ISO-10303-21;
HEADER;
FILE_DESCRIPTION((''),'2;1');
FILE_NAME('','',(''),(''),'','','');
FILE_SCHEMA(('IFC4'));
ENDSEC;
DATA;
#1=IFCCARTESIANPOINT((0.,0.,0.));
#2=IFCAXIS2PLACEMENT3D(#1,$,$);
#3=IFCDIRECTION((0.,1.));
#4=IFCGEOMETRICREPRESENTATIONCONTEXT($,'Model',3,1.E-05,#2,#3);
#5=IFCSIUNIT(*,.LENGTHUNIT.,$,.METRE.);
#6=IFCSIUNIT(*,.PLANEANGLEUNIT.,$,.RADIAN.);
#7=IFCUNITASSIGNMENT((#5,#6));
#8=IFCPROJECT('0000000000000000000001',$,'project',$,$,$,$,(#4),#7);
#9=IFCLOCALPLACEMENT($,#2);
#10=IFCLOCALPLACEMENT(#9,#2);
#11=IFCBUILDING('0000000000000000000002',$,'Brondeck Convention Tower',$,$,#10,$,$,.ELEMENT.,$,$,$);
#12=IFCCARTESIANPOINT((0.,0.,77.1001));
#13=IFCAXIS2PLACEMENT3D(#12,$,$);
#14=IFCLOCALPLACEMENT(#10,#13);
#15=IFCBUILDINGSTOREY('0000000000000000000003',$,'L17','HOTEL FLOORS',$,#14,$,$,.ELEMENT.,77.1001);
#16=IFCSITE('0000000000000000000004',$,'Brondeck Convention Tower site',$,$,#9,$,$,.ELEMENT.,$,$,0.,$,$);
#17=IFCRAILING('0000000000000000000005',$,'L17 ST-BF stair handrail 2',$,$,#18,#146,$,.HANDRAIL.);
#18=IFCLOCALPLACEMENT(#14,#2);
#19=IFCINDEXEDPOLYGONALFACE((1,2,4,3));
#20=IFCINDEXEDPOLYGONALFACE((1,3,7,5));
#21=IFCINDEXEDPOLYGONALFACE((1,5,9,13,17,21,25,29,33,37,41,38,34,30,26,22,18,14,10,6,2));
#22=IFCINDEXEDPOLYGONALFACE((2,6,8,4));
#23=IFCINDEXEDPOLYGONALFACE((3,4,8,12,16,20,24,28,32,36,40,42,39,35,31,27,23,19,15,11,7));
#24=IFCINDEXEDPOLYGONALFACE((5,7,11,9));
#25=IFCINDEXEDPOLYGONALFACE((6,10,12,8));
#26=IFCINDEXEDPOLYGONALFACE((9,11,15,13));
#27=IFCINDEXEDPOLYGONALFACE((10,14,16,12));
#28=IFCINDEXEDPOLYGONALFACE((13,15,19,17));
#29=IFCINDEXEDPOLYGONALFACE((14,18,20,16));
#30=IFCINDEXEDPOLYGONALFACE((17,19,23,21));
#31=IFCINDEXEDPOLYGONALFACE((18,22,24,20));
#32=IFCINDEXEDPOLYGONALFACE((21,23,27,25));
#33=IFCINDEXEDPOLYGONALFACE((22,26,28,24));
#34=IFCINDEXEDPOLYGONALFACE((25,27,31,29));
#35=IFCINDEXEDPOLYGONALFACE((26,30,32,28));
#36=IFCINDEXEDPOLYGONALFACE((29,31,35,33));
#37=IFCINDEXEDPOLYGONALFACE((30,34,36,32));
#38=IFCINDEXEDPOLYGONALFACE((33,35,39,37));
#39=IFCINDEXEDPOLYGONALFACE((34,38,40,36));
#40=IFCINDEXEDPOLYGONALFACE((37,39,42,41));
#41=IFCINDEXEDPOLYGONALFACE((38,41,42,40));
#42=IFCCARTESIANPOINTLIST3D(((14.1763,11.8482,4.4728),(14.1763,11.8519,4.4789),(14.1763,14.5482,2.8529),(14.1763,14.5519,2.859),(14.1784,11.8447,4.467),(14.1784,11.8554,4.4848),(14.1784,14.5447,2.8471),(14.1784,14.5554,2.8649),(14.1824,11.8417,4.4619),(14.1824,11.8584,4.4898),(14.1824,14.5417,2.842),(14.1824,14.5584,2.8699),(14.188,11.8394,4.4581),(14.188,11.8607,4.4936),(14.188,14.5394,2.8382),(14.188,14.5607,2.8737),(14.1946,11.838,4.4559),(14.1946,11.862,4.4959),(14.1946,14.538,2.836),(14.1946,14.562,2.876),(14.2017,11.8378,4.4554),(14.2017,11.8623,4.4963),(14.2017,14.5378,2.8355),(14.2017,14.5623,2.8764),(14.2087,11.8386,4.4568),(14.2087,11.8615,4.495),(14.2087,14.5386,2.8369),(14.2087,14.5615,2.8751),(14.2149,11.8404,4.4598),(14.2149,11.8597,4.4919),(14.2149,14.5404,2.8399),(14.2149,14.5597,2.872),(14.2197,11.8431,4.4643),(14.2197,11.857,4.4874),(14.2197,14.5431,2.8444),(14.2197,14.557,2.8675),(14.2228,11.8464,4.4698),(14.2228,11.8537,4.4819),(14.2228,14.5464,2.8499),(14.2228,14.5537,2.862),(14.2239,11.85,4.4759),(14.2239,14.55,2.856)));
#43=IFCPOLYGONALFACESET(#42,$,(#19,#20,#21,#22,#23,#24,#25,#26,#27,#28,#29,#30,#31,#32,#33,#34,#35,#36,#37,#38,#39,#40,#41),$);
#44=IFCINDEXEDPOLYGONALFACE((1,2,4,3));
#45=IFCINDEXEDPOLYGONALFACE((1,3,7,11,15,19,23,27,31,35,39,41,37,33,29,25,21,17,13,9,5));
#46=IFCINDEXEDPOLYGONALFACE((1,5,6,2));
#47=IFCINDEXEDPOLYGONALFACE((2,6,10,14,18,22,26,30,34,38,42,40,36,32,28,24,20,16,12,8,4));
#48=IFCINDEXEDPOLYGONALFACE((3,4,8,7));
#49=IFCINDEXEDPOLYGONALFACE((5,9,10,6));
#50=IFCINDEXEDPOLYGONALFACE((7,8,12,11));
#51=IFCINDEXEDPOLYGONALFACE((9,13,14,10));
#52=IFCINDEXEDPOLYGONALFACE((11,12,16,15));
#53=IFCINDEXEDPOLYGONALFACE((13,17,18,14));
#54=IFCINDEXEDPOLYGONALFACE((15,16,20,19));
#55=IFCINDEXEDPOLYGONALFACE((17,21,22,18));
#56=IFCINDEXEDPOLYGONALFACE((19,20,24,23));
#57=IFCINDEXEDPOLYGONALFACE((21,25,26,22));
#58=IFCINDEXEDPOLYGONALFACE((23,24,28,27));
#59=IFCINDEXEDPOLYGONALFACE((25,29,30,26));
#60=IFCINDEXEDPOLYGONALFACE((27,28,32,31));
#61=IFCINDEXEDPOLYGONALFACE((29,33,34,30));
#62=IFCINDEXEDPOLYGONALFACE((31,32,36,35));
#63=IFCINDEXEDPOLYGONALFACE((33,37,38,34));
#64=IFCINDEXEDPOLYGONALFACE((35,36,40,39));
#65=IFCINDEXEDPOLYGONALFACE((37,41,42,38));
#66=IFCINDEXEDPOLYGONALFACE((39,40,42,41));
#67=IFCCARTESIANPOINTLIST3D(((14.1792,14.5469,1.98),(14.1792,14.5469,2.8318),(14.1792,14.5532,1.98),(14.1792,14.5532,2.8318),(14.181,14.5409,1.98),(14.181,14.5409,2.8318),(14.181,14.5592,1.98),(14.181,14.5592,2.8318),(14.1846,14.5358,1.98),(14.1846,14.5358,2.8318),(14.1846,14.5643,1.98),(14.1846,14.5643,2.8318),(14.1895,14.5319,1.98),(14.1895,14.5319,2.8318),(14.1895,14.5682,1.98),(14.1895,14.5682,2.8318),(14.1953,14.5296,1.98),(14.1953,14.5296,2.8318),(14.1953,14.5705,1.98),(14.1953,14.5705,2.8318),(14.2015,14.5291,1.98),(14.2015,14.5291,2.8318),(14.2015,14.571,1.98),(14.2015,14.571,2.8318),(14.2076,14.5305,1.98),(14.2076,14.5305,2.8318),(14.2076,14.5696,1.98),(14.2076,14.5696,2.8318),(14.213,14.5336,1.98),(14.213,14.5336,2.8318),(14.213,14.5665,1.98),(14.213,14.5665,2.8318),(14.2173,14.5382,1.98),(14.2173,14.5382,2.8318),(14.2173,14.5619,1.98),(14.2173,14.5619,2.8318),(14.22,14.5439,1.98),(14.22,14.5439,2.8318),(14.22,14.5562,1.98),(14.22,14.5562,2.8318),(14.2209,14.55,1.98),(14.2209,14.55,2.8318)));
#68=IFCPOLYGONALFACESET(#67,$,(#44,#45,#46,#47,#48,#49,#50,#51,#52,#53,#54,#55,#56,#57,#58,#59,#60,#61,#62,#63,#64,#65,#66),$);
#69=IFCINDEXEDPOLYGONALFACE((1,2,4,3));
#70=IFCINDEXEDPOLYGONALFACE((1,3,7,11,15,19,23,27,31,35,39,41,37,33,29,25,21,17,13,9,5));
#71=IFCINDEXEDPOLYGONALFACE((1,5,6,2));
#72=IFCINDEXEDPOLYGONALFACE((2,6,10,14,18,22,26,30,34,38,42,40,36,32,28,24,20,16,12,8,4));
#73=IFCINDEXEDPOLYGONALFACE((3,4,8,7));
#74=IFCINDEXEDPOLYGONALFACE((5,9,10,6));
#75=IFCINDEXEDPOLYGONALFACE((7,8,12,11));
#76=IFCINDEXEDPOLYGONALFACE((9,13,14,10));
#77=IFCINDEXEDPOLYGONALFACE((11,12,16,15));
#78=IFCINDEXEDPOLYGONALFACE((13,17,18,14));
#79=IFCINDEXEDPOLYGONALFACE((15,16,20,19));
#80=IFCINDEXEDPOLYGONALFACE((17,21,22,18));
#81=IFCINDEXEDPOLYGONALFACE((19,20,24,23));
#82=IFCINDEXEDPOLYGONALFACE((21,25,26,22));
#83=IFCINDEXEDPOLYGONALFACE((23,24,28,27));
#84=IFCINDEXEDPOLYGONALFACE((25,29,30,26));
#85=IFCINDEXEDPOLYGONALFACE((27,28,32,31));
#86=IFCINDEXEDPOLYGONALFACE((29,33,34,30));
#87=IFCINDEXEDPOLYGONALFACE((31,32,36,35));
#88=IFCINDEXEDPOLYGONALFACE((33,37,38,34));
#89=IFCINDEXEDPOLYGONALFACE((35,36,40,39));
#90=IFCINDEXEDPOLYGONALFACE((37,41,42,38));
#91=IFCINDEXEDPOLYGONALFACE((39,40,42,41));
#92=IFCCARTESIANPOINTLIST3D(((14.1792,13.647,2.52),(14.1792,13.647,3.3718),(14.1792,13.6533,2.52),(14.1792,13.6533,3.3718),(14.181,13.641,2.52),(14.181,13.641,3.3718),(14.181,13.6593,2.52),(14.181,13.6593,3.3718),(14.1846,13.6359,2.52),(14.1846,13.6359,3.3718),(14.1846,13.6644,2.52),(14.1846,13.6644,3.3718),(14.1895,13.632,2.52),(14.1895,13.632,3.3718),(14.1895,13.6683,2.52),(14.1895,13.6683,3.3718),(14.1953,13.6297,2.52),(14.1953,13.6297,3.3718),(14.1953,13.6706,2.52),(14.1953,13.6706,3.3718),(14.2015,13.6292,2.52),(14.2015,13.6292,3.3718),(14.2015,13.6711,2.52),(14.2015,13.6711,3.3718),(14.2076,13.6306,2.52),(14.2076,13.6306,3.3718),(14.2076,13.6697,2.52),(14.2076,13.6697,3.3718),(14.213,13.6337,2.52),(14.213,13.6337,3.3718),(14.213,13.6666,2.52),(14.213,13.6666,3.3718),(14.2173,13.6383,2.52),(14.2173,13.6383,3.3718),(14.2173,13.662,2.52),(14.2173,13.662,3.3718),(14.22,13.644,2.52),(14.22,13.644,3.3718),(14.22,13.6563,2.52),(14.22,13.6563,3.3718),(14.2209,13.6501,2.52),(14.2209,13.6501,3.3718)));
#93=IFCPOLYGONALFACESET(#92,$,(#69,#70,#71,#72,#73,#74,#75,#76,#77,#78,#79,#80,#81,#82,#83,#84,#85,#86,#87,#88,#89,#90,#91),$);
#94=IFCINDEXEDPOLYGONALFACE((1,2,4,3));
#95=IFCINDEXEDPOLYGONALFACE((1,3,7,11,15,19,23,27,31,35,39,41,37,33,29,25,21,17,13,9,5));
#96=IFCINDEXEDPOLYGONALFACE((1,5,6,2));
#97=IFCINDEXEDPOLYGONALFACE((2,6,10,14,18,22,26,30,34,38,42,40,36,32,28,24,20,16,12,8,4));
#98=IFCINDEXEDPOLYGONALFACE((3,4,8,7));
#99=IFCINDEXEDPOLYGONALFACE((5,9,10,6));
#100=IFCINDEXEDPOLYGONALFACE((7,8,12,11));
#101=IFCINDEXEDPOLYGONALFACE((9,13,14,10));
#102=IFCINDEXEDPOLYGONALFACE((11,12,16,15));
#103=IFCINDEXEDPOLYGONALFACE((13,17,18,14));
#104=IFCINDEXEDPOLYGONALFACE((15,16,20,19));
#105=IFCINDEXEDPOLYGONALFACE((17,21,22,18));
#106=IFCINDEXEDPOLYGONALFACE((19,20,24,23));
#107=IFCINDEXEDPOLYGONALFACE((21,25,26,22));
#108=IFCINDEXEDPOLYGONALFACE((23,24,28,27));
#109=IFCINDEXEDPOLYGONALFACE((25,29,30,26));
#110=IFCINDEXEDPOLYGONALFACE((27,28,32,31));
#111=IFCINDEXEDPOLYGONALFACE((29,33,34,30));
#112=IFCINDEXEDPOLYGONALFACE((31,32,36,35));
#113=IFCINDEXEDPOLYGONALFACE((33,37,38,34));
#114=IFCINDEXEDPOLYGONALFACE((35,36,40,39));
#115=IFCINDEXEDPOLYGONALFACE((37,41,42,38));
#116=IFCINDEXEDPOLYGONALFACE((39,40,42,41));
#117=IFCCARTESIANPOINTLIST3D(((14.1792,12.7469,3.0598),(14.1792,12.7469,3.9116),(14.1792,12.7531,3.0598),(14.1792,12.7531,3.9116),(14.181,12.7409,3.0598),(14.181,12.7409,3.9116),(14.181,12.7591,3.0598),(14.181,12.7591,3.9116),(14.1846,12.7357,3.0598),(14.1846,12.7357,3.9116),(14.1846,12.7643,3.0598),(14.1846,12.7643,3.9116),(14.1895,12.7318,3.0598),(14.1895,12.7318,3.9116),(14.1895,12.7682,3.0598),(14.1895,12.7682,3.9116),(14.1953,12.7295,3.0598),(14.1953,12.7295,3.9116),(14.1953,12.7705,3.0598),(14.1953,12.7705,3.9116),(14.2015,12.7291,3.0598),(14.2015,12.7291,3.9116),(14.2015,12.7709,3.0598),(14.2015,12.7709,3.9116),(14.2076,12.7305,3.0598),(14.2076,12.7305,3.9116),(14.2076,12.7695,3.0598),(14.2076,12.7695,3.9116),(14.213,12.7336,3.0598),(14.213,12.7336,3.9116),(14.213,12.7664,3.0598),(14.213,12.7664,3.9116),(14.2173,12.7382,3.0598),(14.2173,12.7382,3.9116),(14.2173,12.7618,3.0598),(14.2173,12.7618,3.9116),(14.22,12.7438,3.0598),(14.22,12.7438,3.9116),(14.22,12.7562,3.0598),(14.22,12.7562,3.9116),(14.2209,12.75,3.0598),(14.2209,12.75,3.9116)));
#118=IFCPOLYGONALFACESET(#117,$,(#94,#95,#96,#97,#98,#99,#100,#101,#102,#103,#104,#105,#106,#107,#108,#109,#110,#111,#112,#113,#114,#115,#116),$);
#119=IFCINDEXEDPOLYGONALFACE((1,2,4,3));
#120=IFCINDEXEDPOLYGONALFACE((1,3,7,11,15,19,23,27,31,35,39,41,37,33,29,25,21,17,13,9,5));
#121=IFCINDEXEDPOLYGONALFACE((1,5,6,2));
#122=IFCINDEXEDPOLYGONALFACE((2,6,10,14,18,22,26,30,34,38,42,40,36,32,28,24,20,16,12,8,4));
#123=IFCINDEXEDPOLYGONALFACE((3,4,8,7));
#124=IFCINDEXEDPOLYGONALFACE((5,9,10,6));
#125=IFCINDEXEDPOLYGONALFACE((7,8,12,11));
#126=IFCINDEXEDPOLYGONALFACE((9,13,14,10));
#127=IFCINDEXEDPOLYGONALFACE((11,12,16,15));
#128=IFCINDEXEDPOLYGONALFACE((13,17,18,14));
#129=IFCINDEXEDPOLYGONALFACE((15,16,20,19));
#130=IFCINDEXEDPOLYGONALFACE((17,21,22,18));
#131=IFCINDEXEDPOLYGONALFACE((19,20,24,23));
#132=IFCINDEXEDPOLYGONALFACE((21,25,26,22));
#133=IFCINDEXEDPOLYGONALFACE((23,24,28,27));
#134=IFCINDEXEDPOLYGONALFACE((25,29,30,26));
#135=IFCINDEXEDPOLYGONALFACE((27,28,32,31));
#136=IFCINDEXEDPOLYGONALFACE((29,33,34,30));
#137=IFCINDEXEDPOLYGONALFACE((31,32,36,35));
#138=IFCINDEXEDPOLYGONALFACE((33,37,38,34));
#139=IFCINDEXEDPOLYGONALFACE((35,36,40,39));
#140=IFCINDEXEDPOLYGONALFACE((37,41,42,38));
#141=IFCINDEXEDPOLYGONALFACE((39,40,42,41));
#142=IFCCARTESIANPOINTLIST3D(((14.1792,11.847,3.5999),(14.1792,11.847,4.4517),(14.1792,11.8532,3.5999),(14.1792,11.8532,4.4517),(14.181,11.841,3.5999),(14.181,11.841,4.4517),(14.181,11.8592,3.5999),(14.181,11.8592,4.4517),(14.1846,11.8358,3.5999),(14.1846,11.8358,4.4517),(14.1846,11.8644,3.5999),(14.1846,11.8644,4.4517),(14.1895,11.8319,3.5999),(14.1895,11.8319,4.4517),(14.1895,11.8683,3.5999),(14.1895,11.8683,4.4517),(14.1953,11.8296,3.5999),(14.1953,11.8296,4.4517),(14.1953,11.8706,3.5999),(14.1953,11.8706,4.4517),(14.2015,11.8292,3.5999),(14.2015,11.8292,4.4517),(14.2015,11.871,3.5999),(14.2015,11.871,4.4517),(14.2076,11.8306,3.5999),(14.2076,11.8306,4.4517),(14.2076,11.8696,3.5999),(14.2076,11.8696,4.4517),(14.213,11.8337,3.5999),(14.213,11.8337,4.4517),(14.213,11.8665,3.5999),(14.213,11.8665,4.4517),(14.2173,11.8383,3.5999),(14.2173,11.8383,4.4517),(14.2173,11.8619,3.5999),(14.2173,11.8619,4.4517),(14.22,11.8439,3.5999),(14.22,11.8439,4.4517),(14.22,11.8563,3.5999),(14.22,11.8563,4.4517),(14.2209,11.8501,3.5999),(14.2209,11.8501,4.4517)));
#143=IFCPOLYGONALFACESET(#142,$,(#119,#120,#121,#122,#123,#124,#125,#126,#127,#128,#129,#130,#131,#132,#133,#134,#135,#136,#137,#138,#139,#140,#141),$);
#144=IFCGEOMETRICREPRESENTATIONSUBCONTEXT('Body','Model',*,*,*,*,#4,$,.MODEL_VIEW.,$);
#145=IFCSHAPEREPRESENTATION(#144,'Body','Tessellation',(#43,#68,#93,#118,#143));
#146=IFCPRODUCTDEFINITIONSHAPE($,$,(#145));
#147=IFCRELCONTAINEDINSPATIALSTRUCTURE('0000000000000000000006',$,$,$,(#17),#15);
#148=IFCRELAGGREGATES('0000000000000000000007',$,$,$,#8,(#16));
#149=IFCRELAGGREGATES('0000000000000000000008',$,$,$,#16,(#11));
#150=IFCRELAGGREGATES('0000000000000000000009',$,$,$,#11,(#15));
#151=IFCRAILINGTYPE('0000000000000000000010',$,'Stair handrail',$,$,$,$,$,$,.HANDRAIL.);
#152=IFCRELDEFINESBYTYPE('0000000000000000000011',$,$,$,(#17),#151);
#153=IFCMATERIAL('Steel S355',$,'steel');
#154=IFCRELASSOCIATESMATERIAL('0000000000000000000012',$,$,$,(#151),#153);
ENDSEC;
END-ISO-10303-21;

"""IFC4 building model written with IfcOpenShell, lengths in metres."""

from ifc_helpers import new_model, si_unit, direction, frame, origin, origin_2d, place, context, subcontext, project, spatial, circle, extrude, material, type_object, element, save


model = new_model("IFC4")

# Units and contexts
model_context = context("Model", 3, precision=1e-05, world=origin(), true_north=direction((0.0, 1.0)))
body_context = subcontext(model_context, "Body", "Model", "MODEL_VIEW")
ifc_project = project(units=[si_unit("LENGTHUNIT", "METRE"), si_unit("PLANEANGLEUNIT", "RADIAN")], contexts=[model_context])

# Site, building, storey
site_placement = place(None, origin())
site = spatial("IfcSite", under=ifc_project, at=site_placement, Name="Brondeck Convention Tower site", CompositionType="ELEMENT", RefElevation=0.0)
building_placement = place(site_placement, origin())
building = spatial("IfcBuilding", under=site, at=building_placement, Name="Brondeck Convention Tower", CompositionType="ELEMENT")
storey_placement = place(building_placement, frame((0.0, 0.0, 77.1001)))
storey = spatial("IfcBuildingStorey", under=building, at=storey_placement, Name="L17", Description="HOTEL FLOORS", CompositionType="ELEMENT", Elevation=77.1001)

# Shared definitions
ifc_material_1 = material(Name="Steel S355", Category="steel")

# Railing
railing_type = type_object("IfcRailingType", Name="Stair handrail", PredefinedType="HANDRAIL", material=ifc_material_1)
railing_1_placement = place(storey_placement, frame((14.2, 14.55, 1.98)))
element("IfcRailing", 1, at=railing_1_placement, inside=storey, type_object=railing_type, Name="L17 ST-BF stair handrail 2", PredefinedType="HANDRAIL", context=body_context, shape_type="SweptSolid", body=[
    extrude(circle(Radius=0.0239, at=origin_2d()), frame((0.0, 0.0, 0.876), z_axis=(0.0, -0.857507, 0.514473), x_axis=(1.0, 0.0, 0.0)), (0.0, 0.0, 1.0), 3.1487),
    extrude(circle(Radius=0.021, at=origin_2d()), origin(), (0.0, 0.0, 1.0), 0.8518),
    extrude(circle(Radius=0.021, at=origin_2d()), frame((0.0, -0.8999, 0.54)), (0.0, 0.0, 1.0), 0.8518),
    extrude(circle(Radius=0.021, at=origin_2d()), frame((0.0, -1.8, 1.0798)), (0.0, 0.0, 1.0), 0.8518),
    extrude(circle(Radius=0.021, at=origin_2d()), frame((0.0, -2.7, 1.6199)), (0.0, 0.0, 1.0), 0.8518),
])

save(model, "model.ifc")
